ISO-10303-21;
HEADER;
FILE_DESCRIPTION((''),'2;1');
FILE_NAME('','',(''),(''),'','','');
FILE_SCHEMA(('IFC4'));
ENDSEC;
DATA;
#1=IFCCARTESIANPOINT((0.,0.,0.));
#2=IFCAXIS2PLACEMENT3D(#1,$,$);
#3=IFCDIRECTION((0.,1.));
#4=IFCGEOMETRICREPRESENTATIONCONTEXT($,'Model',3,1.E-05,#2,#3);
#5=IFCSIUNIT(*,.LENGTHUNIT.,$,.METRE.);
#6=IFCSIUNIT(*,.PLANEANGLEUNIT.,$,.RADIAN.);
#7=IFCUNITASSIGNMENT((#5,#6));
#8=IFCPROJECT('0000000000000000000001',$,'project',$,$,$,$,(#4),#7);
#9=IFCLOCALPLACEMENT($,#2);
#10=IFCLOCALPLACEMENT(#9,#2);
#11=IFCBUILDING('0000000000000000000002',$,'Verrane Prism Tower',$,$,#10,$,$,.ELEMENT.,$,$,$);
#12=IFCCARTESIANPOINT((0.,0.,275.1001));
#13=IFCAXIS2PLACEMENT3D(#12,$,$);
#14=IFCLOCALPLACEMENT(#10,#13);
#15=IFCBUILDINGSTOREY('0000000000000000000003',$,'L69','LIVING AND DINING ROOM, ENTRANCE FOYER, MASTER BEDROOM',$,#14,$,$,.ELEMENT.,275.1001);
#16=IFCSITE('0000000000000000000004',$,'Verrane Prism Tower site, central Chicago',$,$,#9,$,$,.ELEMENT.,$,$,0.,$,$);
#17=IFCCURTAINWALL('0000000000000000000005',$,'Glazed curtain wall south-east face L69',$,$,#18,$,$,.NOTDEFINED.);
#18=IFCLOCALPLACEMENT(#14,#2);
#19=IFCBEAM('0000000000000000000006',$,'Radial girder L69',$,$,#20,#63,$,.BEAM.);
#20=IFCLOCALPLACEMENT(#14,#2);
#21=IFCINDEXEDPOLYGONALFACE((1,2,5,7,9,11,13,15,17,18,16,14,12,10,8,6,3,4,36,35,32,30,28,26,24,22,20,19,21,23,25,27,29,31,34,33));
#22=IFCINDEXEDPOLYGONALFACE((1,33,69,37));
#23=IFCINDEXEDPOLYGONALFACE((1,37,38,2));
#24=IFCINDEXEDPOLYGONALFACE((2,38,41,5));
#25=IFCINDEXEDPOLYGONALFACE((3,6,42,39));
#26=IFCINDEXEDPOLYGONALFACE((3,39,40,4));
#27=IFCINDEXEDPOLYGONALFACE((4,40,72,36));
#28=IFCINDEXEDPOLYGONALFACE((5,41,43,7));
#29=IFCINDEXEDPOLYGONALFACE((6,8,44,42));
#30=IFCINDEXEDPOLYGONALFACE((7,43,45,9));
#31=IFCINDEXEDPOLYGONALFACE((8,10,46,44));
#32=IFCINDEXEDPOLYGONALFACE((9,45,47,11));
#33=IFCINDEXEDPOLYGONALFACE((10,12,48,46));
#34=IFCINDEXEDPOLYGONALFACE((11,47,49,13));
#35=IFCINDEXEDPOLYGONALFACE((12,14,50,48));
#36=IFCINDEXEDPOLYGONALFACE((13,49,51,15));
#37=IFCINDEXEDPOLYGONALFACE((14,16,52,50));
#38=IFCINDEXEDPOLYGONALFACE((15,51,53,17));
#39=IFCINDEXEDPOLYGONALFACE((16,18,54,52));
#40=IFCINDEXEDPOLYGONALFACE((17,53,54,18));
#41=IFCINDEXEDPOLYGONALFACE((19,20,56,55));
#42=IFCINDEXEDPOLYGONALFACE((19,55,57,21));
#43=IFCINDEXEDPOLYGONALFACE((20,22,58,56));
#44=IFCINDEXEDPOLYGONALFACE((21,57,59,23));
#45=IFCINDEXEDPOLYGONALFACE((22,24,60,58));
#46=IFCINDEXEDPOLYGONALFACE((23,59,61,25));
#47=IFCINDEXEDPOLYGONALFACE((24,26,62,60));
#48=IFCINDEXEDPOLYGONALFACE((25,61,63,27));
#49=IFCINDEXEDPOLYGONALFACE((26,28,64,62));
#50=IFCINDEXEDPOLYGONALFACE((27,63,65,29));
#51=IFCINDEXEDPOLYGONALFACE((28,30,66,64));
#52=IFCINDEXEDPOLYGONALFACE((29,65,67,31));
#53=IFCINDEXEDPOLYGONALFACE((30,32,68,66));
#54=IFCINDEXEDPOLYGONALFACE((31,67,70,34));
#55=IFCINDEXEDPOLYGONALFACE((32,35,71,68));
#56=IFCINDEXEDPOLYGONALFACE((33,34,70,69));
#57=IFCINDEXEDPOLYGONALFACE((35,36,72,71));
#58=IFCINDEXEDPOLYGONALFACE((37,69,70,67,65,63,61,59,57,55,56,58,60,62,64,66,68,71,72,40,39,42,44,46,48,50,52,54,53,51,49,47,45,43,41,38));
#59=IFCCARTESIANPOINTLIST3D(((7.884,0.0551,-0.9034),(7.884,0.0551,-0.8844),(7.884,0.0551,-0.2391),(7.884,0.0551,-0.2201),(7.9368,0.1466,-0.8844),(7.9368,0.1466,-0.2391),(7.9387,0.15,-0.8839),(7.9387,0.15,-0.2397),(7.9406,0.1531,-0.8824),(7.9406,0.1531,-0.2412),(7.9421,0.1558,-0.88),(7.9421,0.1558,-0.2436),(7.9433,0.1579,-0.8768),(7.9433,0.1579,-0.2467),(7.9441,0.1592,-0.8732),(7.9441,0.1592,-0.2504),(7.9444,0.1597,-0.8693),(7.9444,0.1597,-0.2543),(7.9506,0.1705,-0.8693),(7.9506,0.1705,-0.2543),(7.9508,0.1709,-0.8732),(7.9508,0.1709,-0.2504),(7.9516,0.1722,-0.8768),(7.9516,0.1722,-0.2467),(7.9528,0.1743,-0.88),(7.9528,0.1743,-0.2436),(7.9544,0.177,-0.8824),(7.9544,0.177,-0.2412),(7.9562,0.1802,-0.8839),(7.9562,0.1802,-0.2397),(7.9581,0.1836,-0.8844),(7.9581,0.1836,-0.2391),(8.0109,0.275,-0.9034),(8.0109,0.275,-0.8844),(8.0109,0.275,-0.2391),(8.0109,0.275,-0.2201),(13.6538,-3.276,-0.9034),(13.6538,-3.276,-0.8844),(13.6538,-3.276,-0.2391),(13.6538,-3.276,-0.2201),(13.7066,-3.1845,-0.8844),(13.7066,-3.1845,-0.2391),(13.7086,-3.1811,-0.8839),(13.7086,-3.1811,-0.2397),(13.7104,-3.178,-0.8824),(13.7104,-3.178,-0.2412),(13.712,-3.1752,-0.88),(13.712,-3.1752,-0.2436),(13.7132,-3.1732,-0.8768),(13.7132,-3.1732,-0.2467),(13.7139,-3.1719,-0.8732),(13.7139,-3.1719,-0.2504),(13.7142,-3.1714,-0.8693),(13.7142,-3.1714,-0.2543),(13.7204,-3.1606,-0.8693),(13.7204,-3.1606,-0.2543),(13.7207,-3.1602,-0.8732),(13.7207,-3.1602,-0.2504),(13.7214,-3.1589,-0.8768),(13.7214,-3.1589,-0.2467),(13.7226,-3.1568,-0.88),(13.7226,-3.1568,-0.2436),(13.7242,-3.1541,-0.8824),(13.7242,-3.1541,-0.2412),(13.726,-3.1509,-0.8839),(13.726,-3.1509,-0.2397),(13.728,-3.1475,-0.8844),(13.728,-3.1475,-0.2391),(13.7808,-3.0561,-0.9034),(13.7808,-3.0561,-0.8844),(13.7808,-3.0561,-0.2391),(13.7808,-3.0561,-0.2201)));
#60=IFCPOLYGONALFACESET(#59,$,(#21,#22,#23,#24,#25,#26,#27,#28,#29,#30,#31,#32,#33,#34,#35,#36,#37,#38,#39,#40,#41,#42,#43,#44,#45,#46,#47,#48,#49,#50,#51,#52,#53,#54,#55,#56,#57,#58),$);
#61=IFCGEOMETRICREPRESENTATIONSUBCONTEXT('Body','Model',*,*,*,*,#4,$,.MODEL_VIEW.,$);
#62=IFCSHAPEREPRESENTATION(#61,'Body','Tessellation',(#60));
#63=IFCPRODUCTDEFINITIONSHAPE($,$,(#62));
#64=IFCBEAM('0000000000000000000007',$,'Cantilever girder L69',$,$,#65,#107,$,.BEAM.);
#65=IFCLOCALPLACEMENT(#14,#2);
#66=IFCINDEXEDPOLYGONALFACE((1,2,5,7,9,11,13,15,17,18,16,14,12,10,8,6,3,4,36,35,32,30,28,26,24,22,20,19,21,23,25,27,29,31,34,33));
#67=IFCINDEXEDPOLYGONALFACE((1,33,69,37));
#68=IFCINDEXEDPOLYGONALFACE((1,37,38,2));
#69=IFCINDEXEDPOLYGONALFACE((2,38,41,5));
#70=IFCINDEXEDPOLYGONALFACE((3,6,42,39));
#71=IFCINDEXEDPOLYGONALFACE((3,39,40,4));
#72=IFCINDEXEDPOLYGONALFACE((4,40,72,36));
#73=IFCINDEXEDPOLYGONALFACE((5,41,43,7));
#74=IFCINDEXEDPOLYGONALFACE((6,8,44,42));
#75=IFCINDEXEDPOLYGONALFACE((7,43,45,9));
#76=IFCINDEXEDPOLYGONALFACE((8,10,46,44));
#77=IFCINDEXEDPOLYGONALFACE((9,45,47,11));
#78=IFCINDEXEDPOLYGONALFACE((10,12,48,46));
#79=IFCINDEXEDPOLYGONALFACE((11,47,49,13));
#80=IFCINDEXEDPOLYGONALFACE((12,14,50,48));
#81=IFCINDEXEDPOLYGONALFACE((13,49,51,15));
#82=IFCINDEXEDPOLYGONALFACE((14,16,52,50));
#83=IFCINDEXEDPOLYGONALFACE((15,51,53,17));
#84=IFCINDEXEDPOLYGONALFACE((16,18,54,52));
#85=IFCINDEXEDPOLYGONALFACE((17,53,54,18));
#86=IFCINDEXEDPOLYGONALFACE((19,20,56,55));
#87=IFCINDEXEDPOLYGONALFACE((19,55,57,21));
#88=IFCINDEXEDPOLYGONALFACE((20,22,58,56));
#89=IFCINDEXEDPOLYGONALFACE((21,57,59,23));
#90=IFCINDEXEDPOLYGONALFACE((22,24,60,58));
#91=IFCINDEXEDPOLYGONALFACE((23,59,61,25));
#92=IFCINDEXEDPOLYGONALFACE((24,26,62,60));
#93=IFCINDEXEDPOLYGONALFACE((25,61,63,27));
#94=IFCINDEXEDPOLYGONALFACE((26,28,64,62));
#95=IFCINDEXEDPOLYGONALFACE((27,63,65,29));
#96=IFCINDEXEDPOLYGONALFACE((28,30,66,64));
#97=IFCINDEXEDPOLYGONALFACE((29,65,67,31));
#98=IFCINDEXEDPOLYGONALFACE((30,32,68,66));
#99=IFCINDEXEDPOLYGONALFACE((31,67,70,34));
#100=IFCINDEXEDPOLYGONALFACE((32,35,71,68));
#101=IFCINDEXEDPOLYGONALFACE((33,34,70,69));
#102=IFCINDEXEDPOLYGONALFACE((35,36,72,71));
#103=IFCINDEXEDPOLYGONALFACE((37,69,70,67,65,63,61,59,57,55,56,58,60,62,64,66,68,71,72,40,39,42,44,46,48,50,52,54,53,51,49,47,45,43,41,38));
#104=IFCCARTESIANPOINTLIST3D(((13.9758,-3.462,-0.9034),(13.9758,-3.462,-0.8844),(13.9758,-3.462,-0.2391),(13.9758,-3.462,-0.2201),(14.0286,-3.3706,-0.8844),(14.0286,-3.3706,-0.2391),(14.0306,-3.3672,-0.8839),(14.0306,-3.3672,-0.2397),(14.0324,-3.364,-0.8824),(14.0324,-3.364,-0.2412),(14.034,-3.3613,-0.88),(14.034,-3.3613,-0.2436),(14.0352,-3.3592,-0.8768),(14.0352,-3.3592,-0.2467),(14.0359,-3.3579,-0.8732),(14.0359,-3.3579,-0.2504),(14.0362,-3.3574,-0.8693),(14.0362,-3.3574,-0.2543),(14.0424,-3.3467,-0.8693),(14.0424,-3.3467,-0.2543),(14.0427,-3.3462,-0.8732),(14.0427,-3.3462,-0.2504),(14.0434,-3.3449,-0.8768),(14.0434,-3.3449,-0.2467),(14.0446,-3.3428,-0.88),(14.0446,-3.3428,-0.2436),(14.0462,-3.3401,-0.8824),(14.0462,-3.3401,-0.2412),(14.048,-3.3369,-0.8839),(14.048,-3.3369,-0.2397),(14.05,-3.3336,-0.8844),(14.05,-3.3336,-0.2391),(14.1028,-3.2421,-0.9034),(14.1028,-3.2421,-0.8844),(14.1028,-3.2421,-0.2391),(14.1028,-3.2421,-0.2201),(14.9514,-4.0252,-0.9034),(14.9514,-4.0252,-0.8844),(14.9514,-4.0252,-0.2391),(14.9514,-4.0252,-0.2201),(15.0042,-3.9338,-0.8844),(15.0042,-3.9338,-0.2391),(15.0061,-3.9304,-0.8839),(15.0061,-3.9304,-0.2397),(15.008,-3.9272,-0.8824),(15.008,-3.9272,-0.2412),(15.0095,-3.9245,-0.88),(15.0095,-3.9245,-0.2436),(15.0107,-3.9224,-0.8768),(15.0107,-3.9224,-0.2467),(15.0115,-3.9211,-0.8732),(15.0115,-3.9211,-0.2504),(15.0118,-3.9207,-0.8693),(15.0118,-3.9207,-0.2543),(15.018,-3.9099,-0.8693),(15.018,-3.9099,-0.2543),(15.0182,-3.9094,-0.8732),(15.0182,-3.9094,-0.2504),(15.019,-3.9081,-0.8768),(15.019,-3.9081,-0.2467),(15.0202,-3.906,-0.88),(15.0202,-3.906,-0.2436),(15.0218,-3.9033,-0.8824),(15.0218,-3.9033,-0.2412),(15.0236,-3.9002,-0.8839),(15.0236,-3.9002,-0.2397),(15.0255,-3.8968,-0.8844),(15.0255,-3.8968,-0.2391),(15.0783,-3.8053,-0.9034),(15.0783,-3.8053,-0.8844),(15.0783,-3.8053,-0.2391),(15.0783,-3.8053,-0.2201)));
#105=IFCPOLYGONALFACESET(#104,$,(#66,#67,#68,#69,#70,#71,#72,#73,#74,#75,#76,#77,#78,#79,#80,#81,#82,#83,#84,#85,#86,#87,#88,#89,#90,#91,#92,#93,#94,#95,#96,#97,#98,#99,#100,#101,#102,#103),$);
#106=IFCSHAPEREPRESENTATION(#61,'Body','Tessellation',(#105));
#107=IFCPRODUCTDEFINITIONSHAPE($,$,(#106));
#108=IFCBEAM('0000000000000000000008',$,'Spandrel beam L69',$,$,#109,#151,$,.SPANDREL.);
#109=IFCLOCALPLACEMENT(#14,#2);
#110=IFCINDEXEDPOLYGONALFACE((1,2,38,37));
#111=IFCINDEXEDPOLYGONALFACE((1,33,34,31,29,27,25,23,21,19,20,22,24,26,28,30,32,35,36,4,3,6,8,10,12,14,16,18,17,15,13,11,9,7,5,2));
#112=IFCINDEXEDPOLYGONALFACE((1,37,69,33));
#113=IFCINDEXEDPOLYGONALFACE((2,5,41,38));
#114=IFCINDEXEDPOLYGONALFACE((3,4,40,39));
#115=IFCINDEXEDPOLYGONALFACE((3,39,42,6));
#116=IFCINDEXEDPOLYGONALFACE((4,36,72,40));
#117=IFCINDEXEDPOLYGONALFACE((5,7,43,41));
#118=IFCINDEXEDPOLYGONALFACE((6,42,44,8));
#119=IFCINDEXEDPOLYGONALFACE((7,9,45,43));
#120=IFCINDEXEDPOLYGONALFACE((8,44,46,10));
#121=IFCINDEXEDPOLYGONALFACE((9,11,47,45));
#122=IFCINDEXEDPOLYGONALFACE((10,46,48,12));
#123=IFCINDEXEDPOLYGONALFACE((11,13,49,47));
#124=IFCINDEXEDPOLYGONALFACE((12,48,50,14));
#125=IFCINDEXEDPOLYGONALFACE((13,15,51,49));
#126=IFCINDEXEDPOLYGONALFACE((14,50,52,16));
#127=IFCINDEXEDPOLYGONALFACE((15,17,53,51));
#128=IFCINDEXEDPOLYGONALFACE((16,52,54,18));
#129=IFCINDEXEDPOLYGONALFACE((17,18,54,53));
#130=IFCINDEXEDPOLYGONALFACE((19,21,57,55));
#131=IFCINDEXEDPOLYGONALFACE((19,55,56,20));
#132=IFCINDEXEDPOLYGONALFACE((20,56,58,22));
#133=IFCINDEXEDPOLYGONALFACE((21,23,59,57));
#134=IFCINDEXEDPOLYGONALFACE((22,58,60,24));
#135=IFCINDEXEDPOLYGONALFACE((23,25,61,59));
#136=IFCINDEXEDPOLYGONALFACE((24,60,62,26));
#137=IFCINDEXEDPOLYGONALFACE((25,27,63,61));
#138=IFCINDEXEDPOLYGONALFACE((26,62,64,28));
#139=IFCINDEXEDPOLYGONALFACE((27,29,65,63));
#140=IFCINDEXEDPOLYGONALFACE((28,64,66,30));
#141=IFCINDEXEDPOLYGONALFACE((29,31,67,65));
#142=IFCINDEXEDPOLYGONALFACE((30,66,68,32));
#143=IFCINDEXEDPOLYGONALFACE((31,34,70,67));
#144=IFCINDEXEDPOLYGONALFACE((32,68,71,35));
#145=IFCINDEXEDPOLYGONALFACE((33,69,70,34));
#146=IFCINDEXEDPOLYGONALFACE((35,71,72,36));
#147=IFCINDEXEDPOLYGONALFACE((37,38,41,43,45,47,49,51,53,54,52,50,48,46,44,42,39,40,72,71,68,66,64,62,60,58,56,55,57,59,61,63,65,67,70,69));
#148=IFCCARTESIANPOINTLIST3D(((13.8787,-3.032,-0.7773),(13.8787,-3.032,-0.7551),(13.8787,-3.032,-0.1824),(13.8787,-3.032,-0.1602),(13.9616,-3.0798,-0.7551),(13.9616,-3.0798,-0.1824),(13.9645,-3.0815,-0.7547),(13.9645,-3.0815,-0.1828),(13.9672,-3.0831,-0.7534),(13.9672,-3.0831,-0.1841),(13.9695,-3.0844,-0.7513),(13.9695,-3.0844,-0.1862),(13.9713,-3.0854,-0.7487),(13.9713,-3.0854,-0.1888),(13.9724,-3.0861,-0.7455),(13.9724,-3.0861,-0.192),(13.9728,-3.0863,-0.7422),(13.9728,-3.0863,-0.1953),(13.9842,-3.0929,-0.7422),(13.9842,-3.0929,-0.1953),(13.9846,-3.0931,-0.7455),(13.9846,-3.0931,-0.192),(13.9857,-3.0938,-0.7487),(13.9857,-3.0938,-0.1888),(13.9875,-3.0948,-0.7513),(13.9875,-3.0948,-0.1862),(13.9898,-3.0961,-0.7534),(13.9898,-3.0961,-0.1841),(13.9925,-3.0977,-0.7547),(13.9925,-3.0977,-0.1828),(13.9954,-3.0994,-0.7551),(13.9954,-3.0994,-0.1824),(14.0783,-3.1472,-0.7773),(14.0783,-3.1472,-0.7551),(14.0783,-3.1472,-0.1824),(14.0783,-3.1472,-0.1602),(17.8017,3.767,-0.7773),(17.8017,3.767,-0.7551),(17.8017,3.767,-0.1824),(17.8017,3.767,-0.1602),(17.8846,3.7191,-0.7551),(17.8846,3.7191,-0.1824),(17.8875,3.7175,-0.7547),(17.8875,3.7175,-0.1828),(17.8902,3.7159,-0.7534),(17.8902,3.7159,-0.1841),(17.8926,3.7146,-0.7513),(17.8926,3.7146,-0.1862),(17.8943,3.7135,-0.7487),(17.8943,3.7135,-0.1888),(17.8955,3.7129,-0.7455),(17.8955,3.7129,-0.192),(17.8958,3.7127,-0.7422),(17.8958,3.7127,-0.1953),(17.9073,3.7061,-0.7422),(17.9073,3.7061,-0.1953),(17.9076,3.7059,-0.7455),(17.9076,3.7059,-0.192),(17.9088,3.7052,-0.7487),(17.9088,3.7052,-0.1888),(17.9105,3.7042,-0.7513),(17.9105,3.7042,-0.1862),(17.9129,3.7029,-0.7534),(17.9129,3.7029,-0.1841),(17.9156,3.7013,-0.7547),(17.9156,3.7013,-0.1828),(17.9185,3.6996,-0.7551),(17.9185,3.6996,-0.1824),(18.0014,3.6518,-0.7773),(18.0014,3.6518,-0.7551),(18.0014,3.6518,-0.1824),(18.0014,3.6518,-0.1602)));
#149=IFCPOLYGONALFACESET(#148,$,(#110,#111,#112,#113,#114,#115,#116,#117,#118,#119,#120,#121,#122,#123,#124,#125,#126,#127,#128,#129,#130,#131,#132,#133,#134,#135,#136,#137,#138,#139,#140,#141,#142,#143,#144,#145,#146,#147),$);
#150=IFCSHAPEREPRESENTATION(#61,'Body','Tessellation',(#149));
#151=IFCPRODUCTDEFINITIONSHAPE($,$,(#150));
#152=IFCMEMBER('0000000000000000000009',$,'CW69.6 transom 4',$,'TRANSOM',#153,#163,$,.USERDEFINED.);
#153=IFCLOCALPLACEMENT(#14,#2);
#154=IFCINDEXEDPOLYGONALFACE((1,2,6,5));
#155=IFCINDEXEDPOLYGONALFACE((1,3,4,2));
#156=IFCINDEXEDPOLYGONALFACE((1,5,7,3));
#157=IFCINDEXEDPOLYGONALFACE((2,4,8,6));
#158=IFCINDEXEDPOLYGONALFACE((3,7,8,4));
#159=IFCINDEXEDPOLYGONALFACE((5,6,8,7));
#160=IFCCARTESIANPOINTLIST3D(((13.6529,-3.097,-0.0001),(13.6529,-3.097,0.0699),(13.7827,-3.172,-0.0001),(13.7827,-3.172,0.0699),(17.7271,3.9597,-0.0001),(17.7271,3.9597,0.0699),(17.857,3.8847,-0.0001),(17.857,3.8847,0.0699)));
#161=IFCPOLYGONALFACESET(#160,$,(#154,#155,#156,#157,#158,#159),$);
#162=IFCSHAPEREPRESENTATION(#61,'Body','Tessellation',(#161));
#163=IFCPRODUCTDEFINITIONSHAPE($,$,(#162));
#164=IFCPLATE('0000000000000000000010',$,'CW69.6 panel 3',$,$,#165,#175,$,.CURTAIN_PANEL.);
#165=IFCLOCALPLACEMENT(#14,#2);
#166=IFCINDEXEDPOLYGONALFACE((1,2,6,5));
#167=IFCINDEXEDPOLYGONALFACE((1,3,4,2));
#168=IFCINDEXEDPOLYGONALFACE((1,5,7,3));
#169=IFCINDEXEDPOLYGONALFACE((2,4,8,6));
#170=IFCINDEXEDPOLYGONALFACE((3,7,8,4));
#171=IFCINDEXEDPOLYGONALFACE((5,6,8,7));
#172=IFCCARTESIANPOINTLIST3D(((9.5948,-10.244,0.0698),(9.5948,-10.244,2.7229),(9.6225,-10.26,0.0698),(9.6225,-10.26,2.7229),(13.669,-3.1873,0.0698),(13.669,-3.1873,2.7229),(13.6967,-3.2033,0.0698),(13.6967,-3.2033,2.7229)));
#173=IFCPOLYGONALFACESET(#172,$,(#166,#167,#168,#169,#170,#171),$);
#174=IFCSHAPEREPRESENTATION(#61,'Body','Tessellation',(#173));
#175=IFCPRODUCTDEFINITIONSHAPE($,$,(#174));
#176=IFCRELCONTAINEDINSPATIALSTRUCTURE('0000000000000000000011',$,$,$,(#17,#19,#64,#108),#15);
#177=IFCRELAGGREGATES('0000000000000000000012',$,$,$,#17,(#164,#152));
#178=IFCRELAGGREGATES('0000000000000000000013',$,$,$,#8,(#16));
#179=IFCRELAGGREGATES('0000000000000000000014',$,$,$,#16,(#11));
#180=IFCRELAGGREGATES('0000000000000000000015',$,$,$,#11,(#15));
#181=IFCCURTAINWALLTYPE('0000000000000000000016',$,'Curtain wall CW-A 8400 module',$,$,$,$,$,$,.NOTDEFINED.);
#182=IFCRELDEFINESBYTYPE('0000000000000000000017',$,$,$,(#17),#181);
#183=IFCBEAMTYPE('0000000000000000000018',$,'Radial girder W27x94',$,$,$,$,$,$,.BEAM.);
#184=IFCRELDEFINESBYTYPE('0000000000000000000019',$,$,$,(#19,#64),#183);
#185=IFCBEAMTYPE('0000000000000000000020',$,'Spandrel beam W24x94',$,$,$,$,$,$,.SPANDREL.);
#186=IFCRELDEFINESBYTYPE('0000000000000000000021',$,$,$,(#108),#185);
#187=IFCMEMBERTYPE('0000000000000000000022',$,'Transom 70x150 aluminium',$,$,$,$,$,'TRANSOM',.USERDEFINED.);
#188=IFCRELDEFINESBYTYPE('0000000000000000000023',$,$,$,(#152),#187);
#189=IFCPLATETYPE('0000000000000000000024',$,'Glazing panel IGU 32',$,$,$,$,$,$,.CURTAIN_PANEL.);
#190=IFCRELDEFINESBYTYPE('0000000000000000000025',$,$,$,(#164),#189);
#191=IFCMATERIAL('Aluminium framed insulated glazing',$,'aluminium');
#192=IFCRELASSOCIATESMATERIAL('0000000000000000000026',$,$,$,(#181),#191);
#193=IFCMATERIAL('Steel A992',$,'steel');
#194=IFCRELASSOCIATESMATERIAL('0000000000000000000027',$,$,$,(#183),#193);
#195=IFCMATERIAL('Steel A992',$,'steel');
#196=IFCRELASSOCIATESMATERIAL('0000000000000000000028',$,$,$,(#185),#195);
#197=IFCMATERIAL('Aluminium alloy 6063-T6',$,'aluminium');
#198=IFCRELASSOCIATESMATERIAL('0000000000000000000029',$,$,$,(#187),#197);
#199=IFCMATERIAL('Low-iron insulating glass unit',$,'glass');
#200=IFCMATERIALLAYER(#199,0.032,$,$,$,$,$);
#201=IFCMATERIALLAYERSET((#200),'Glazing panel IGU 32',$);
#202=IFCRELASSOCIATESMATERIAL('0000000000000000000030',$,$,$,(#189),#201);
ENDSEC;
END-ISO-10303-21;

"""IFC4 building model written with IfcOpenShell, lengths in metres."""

from ifc_helpers import new_model, si_unit, direction, frame, origin, origin_2d, place, context, subcontext, project, spatial, rectangle, i_section, extrude, material, layer, layer_set, material_profile, profile_set, type_object, element, aggregate, save


model = new_model("IFC4")

# Units and contexts
model_context = context("Model", 3, precision=1e-05, world=origin(), true_north=direction((0.0, 1.0)))
body_context = subcontext(model_context, "Body", "Model", "MODEL_VIEW")
ifc_project = project(units=[si_unit("LENGTHUNIT", "METRE"), si_unit("PLANEANGLEUNIT", "RADIAN")], contexts=[model_context])

# Site, building, storey
site_placement = place(None, origin())
site = spatial("IfcSite", under=ifc_project, at=site_placement, Name="Verrane Prism Tower site, central Chicago", CompositionType="ELEMENT", RefElevation=0.0)
building_placement = place(site_placement, origin())
building = spatial("IfcBuilding", under=site, at=building_placement, Name="Verrane Prism Tower", CompositionType="ELEMENT")
storey_placement = place(building_placement, frame((0.0, 0.0, 275.1001)))
storey = spatial("IfcBuildingStorey", under=building, at=storey_placement, Name="L69", Description="LIVING AND DINING ROOM, ENTRANCE FOYER, MASTER BEDROOM", CompositionType="ELEMENT", Elevation=275.1001)

# Curtain wall
ifc_material_1 = material(Name="Aluminium framed insulated glazing", Category="aluminium")
curtain_wall_type = type_object("IfcCurtainWallType", Name="Curtain wall CW-A 8400 module", PredefinedType="NOTDEFINED", material=ifc_material_1)
curtain_wall_placement = place(storey_placement, origin())
curtain_wall = element("IfcCurtainWall", 1, at=curtain_wall_placement, inside=storey, type_object=curtain_wall_type, Name="Glazed curtain wall south-east face L69", PredefinedType="NOTDEFINED")

# Beams
ifc_material_2 = material(Name="Steel A992", Category="steel")
ifc_material_profile_1 = material_profile(ifc_material_2, i_section(OverallWidth=0.2539, OverallDepth=0.6833, WebThickness=0.0125, FlangeThickness=0.019, FilletRadius=0.0151, at=origin_2d()), Name="W27x94")
ifc_profile_set_1 = profile_set([ifc_material_profile_1], Name="Steel A992")
beam_type_1 = type_object("IfcBeamType", Name="Radial girder W27x94", PredefinedType="BEAM", material=ifc_profile_set_1)
beam_1_placement = place(storey_placement, frame((13.7173, -3.166, -0.5618), z_axis=(-0.866034, 0.499986, 0.0), x_axis=(-0.499986, -0.866034, 0.0)))
element("IfcBeam", 2, at=beam_1_placement, inside=storey, type_object=beam_type_1, Name="Radial girder L69", PredefinedType="BEAM", context=body_context, shape_type="SweptSolid", body=[
    extrude(i_section(OverallWidth=0.2539, OverallDepth=0.6833, WebThickness=0.0125, FlangeThickness=0.019, FilletRadius=0.0151, at=origin_2d()), origin(), (0.0, 0.0, 1.0), 6.6624),
])
beam_2_placement = place(storey_placement, frame((14.0393, -3.3521, -0.5618), z_axis=(0.866034, -0.499985, 0.0), x_axis=(0.499985, 0.866034, 0.0)))
element("IfcBeam", 3, at=beam_2_placement, inside=storey, type_object=beam_type_1, Name="Cantilever girder L69", PredefinedType="BEAM", context=body_context, shape_type="SweptSolid", body=[
    extrude(i_section(OverallWidth=0.2539, OverallDepth=0.6833, WebThickness=0.0125, FlangeThickness=0.019, FilletRadius=0.0151, at=origin_2d()), origin(), (0.0, 0.0, 1.0), 1.1265),
])
ifc_material_3 = material(Name="Steel A992", Category="steel")
ifc_material_profile_2 = material_profile(ifc_material_3, i_section(OverallWidth=0.2305, OverallDepth=0.6172, WebThickness=0.0132, FlangeThickness=0.0222, FilletRadius=0.0129, at=origin_2d()), Name="W24x94")
ifc_profile_set_2 = profile_set([ifc_material_profile_2], Name="Steel A992")
beam_type_2 = type_object("IfcBeamType", Name="Spandrel beam W24x94", PredefinedType="SPANDREL", material=ifc_profile_set_2)
beam_3_placement = place(storey_placement, frame((13.9785, -3.0896, -0.4688), z_axis=(0.499775, 0.866155, 0.0), x_axis=(-0.866155, 0.499775, 0.0)))
element("IfcBeam", 4, at=beam_3_placement, inside=storey, type_object=beam_type_2, Name="Spandrel beam L69", PredefinedType="SPANDREL", context=body_context, shape_type="SweptSolid", body=[
    extrude(i_section(OverallWidth=0.2305, OverallDepth=0.6172, WebThickness=0.0132, FlangeThickness=0.0222, FilletRadius=0.0129, at=origin_2d()), origin(), (0.0, 0.0, 1.0), 7.8496),
])

# Member
ifc_material_4 = material(Name="Aluminium alloy 6063-T6", Category="aluminium")
ifc_material_profile_3 = material_profile(ifc_material_4, rectangle(XDim=0.1499, YDim=0.0701, at=origin_2d()), Name="Transom 70x150 aluminium")
ifc_profile_set_3 = profile_set([ifc_material_profile_3], Name="Aluminium alloy 6063-T6")
member_type_1 = type_object("IfcMemberType", Name="Transom 70x150 aluminium", ElementType="TRANSOM", PredefinedType="USERDEFINED", material=ifc_profile_set_3)
member_1_placement = place(storey_placement, frame((13.7178, -3.1345, 0.0349), z_axis=(0.500006, 0.866022, 0.0), x_axis=(-0.866022, 0.500006, 0.0)))
member_1 = element("IfcMember", 5, at=member_1_placement, type_object=member_type_1, Name="CW69.6 transom 4", ObjectType="TRANSOM", PredefinedType="USERDEFINED", context=body_context, shape_type="SweptSolid", body=[
    extrude(rectangle(XDim=0.1499, YDim=0.0701, at=origin_2d()), origin(), (0.0, 0.0, 1.0), 8.1484),
])

# Plate
ifc_material_5 = material(Name="Low-iron insulating glass unit", Category="glass")
ifc_layer_1 = layer(ifc_material_5, 0.032)
ifc_layer_set_1 = layer_set([ifc_layer_1], Name="Glazing panel IGU 32")
plate_type = type_object("IfcPlateType", Name="Glazing panel IGU 32", PredefinedType="CURTAIN_PANEL", material=ifc_layer_set_1)
plate_placement = place(storey_placement, frame((11.6458, -6.7236, 0.0698), z_axis=(0.0, 0.0, 1.0), x_axis=(0.500001, 0.866025, 0.0)))
plate = element("IfcPlate", 6, at=plate_placement, type_object=plate_type, Name="CW69.6 panel 3", PredefinedType="CURTAIN_PANEL", context=body_context, shape_type="SweptSolid", body=[
    extrude(rectangle(XDim=8.1484, YDim=0.032, at=origin_2d()), origin(), (0.0, 0.0, 1.0), 2.6531),
])
aggregate(curtain_wall, [plate, member_1])

save(model, "model.ifc")
